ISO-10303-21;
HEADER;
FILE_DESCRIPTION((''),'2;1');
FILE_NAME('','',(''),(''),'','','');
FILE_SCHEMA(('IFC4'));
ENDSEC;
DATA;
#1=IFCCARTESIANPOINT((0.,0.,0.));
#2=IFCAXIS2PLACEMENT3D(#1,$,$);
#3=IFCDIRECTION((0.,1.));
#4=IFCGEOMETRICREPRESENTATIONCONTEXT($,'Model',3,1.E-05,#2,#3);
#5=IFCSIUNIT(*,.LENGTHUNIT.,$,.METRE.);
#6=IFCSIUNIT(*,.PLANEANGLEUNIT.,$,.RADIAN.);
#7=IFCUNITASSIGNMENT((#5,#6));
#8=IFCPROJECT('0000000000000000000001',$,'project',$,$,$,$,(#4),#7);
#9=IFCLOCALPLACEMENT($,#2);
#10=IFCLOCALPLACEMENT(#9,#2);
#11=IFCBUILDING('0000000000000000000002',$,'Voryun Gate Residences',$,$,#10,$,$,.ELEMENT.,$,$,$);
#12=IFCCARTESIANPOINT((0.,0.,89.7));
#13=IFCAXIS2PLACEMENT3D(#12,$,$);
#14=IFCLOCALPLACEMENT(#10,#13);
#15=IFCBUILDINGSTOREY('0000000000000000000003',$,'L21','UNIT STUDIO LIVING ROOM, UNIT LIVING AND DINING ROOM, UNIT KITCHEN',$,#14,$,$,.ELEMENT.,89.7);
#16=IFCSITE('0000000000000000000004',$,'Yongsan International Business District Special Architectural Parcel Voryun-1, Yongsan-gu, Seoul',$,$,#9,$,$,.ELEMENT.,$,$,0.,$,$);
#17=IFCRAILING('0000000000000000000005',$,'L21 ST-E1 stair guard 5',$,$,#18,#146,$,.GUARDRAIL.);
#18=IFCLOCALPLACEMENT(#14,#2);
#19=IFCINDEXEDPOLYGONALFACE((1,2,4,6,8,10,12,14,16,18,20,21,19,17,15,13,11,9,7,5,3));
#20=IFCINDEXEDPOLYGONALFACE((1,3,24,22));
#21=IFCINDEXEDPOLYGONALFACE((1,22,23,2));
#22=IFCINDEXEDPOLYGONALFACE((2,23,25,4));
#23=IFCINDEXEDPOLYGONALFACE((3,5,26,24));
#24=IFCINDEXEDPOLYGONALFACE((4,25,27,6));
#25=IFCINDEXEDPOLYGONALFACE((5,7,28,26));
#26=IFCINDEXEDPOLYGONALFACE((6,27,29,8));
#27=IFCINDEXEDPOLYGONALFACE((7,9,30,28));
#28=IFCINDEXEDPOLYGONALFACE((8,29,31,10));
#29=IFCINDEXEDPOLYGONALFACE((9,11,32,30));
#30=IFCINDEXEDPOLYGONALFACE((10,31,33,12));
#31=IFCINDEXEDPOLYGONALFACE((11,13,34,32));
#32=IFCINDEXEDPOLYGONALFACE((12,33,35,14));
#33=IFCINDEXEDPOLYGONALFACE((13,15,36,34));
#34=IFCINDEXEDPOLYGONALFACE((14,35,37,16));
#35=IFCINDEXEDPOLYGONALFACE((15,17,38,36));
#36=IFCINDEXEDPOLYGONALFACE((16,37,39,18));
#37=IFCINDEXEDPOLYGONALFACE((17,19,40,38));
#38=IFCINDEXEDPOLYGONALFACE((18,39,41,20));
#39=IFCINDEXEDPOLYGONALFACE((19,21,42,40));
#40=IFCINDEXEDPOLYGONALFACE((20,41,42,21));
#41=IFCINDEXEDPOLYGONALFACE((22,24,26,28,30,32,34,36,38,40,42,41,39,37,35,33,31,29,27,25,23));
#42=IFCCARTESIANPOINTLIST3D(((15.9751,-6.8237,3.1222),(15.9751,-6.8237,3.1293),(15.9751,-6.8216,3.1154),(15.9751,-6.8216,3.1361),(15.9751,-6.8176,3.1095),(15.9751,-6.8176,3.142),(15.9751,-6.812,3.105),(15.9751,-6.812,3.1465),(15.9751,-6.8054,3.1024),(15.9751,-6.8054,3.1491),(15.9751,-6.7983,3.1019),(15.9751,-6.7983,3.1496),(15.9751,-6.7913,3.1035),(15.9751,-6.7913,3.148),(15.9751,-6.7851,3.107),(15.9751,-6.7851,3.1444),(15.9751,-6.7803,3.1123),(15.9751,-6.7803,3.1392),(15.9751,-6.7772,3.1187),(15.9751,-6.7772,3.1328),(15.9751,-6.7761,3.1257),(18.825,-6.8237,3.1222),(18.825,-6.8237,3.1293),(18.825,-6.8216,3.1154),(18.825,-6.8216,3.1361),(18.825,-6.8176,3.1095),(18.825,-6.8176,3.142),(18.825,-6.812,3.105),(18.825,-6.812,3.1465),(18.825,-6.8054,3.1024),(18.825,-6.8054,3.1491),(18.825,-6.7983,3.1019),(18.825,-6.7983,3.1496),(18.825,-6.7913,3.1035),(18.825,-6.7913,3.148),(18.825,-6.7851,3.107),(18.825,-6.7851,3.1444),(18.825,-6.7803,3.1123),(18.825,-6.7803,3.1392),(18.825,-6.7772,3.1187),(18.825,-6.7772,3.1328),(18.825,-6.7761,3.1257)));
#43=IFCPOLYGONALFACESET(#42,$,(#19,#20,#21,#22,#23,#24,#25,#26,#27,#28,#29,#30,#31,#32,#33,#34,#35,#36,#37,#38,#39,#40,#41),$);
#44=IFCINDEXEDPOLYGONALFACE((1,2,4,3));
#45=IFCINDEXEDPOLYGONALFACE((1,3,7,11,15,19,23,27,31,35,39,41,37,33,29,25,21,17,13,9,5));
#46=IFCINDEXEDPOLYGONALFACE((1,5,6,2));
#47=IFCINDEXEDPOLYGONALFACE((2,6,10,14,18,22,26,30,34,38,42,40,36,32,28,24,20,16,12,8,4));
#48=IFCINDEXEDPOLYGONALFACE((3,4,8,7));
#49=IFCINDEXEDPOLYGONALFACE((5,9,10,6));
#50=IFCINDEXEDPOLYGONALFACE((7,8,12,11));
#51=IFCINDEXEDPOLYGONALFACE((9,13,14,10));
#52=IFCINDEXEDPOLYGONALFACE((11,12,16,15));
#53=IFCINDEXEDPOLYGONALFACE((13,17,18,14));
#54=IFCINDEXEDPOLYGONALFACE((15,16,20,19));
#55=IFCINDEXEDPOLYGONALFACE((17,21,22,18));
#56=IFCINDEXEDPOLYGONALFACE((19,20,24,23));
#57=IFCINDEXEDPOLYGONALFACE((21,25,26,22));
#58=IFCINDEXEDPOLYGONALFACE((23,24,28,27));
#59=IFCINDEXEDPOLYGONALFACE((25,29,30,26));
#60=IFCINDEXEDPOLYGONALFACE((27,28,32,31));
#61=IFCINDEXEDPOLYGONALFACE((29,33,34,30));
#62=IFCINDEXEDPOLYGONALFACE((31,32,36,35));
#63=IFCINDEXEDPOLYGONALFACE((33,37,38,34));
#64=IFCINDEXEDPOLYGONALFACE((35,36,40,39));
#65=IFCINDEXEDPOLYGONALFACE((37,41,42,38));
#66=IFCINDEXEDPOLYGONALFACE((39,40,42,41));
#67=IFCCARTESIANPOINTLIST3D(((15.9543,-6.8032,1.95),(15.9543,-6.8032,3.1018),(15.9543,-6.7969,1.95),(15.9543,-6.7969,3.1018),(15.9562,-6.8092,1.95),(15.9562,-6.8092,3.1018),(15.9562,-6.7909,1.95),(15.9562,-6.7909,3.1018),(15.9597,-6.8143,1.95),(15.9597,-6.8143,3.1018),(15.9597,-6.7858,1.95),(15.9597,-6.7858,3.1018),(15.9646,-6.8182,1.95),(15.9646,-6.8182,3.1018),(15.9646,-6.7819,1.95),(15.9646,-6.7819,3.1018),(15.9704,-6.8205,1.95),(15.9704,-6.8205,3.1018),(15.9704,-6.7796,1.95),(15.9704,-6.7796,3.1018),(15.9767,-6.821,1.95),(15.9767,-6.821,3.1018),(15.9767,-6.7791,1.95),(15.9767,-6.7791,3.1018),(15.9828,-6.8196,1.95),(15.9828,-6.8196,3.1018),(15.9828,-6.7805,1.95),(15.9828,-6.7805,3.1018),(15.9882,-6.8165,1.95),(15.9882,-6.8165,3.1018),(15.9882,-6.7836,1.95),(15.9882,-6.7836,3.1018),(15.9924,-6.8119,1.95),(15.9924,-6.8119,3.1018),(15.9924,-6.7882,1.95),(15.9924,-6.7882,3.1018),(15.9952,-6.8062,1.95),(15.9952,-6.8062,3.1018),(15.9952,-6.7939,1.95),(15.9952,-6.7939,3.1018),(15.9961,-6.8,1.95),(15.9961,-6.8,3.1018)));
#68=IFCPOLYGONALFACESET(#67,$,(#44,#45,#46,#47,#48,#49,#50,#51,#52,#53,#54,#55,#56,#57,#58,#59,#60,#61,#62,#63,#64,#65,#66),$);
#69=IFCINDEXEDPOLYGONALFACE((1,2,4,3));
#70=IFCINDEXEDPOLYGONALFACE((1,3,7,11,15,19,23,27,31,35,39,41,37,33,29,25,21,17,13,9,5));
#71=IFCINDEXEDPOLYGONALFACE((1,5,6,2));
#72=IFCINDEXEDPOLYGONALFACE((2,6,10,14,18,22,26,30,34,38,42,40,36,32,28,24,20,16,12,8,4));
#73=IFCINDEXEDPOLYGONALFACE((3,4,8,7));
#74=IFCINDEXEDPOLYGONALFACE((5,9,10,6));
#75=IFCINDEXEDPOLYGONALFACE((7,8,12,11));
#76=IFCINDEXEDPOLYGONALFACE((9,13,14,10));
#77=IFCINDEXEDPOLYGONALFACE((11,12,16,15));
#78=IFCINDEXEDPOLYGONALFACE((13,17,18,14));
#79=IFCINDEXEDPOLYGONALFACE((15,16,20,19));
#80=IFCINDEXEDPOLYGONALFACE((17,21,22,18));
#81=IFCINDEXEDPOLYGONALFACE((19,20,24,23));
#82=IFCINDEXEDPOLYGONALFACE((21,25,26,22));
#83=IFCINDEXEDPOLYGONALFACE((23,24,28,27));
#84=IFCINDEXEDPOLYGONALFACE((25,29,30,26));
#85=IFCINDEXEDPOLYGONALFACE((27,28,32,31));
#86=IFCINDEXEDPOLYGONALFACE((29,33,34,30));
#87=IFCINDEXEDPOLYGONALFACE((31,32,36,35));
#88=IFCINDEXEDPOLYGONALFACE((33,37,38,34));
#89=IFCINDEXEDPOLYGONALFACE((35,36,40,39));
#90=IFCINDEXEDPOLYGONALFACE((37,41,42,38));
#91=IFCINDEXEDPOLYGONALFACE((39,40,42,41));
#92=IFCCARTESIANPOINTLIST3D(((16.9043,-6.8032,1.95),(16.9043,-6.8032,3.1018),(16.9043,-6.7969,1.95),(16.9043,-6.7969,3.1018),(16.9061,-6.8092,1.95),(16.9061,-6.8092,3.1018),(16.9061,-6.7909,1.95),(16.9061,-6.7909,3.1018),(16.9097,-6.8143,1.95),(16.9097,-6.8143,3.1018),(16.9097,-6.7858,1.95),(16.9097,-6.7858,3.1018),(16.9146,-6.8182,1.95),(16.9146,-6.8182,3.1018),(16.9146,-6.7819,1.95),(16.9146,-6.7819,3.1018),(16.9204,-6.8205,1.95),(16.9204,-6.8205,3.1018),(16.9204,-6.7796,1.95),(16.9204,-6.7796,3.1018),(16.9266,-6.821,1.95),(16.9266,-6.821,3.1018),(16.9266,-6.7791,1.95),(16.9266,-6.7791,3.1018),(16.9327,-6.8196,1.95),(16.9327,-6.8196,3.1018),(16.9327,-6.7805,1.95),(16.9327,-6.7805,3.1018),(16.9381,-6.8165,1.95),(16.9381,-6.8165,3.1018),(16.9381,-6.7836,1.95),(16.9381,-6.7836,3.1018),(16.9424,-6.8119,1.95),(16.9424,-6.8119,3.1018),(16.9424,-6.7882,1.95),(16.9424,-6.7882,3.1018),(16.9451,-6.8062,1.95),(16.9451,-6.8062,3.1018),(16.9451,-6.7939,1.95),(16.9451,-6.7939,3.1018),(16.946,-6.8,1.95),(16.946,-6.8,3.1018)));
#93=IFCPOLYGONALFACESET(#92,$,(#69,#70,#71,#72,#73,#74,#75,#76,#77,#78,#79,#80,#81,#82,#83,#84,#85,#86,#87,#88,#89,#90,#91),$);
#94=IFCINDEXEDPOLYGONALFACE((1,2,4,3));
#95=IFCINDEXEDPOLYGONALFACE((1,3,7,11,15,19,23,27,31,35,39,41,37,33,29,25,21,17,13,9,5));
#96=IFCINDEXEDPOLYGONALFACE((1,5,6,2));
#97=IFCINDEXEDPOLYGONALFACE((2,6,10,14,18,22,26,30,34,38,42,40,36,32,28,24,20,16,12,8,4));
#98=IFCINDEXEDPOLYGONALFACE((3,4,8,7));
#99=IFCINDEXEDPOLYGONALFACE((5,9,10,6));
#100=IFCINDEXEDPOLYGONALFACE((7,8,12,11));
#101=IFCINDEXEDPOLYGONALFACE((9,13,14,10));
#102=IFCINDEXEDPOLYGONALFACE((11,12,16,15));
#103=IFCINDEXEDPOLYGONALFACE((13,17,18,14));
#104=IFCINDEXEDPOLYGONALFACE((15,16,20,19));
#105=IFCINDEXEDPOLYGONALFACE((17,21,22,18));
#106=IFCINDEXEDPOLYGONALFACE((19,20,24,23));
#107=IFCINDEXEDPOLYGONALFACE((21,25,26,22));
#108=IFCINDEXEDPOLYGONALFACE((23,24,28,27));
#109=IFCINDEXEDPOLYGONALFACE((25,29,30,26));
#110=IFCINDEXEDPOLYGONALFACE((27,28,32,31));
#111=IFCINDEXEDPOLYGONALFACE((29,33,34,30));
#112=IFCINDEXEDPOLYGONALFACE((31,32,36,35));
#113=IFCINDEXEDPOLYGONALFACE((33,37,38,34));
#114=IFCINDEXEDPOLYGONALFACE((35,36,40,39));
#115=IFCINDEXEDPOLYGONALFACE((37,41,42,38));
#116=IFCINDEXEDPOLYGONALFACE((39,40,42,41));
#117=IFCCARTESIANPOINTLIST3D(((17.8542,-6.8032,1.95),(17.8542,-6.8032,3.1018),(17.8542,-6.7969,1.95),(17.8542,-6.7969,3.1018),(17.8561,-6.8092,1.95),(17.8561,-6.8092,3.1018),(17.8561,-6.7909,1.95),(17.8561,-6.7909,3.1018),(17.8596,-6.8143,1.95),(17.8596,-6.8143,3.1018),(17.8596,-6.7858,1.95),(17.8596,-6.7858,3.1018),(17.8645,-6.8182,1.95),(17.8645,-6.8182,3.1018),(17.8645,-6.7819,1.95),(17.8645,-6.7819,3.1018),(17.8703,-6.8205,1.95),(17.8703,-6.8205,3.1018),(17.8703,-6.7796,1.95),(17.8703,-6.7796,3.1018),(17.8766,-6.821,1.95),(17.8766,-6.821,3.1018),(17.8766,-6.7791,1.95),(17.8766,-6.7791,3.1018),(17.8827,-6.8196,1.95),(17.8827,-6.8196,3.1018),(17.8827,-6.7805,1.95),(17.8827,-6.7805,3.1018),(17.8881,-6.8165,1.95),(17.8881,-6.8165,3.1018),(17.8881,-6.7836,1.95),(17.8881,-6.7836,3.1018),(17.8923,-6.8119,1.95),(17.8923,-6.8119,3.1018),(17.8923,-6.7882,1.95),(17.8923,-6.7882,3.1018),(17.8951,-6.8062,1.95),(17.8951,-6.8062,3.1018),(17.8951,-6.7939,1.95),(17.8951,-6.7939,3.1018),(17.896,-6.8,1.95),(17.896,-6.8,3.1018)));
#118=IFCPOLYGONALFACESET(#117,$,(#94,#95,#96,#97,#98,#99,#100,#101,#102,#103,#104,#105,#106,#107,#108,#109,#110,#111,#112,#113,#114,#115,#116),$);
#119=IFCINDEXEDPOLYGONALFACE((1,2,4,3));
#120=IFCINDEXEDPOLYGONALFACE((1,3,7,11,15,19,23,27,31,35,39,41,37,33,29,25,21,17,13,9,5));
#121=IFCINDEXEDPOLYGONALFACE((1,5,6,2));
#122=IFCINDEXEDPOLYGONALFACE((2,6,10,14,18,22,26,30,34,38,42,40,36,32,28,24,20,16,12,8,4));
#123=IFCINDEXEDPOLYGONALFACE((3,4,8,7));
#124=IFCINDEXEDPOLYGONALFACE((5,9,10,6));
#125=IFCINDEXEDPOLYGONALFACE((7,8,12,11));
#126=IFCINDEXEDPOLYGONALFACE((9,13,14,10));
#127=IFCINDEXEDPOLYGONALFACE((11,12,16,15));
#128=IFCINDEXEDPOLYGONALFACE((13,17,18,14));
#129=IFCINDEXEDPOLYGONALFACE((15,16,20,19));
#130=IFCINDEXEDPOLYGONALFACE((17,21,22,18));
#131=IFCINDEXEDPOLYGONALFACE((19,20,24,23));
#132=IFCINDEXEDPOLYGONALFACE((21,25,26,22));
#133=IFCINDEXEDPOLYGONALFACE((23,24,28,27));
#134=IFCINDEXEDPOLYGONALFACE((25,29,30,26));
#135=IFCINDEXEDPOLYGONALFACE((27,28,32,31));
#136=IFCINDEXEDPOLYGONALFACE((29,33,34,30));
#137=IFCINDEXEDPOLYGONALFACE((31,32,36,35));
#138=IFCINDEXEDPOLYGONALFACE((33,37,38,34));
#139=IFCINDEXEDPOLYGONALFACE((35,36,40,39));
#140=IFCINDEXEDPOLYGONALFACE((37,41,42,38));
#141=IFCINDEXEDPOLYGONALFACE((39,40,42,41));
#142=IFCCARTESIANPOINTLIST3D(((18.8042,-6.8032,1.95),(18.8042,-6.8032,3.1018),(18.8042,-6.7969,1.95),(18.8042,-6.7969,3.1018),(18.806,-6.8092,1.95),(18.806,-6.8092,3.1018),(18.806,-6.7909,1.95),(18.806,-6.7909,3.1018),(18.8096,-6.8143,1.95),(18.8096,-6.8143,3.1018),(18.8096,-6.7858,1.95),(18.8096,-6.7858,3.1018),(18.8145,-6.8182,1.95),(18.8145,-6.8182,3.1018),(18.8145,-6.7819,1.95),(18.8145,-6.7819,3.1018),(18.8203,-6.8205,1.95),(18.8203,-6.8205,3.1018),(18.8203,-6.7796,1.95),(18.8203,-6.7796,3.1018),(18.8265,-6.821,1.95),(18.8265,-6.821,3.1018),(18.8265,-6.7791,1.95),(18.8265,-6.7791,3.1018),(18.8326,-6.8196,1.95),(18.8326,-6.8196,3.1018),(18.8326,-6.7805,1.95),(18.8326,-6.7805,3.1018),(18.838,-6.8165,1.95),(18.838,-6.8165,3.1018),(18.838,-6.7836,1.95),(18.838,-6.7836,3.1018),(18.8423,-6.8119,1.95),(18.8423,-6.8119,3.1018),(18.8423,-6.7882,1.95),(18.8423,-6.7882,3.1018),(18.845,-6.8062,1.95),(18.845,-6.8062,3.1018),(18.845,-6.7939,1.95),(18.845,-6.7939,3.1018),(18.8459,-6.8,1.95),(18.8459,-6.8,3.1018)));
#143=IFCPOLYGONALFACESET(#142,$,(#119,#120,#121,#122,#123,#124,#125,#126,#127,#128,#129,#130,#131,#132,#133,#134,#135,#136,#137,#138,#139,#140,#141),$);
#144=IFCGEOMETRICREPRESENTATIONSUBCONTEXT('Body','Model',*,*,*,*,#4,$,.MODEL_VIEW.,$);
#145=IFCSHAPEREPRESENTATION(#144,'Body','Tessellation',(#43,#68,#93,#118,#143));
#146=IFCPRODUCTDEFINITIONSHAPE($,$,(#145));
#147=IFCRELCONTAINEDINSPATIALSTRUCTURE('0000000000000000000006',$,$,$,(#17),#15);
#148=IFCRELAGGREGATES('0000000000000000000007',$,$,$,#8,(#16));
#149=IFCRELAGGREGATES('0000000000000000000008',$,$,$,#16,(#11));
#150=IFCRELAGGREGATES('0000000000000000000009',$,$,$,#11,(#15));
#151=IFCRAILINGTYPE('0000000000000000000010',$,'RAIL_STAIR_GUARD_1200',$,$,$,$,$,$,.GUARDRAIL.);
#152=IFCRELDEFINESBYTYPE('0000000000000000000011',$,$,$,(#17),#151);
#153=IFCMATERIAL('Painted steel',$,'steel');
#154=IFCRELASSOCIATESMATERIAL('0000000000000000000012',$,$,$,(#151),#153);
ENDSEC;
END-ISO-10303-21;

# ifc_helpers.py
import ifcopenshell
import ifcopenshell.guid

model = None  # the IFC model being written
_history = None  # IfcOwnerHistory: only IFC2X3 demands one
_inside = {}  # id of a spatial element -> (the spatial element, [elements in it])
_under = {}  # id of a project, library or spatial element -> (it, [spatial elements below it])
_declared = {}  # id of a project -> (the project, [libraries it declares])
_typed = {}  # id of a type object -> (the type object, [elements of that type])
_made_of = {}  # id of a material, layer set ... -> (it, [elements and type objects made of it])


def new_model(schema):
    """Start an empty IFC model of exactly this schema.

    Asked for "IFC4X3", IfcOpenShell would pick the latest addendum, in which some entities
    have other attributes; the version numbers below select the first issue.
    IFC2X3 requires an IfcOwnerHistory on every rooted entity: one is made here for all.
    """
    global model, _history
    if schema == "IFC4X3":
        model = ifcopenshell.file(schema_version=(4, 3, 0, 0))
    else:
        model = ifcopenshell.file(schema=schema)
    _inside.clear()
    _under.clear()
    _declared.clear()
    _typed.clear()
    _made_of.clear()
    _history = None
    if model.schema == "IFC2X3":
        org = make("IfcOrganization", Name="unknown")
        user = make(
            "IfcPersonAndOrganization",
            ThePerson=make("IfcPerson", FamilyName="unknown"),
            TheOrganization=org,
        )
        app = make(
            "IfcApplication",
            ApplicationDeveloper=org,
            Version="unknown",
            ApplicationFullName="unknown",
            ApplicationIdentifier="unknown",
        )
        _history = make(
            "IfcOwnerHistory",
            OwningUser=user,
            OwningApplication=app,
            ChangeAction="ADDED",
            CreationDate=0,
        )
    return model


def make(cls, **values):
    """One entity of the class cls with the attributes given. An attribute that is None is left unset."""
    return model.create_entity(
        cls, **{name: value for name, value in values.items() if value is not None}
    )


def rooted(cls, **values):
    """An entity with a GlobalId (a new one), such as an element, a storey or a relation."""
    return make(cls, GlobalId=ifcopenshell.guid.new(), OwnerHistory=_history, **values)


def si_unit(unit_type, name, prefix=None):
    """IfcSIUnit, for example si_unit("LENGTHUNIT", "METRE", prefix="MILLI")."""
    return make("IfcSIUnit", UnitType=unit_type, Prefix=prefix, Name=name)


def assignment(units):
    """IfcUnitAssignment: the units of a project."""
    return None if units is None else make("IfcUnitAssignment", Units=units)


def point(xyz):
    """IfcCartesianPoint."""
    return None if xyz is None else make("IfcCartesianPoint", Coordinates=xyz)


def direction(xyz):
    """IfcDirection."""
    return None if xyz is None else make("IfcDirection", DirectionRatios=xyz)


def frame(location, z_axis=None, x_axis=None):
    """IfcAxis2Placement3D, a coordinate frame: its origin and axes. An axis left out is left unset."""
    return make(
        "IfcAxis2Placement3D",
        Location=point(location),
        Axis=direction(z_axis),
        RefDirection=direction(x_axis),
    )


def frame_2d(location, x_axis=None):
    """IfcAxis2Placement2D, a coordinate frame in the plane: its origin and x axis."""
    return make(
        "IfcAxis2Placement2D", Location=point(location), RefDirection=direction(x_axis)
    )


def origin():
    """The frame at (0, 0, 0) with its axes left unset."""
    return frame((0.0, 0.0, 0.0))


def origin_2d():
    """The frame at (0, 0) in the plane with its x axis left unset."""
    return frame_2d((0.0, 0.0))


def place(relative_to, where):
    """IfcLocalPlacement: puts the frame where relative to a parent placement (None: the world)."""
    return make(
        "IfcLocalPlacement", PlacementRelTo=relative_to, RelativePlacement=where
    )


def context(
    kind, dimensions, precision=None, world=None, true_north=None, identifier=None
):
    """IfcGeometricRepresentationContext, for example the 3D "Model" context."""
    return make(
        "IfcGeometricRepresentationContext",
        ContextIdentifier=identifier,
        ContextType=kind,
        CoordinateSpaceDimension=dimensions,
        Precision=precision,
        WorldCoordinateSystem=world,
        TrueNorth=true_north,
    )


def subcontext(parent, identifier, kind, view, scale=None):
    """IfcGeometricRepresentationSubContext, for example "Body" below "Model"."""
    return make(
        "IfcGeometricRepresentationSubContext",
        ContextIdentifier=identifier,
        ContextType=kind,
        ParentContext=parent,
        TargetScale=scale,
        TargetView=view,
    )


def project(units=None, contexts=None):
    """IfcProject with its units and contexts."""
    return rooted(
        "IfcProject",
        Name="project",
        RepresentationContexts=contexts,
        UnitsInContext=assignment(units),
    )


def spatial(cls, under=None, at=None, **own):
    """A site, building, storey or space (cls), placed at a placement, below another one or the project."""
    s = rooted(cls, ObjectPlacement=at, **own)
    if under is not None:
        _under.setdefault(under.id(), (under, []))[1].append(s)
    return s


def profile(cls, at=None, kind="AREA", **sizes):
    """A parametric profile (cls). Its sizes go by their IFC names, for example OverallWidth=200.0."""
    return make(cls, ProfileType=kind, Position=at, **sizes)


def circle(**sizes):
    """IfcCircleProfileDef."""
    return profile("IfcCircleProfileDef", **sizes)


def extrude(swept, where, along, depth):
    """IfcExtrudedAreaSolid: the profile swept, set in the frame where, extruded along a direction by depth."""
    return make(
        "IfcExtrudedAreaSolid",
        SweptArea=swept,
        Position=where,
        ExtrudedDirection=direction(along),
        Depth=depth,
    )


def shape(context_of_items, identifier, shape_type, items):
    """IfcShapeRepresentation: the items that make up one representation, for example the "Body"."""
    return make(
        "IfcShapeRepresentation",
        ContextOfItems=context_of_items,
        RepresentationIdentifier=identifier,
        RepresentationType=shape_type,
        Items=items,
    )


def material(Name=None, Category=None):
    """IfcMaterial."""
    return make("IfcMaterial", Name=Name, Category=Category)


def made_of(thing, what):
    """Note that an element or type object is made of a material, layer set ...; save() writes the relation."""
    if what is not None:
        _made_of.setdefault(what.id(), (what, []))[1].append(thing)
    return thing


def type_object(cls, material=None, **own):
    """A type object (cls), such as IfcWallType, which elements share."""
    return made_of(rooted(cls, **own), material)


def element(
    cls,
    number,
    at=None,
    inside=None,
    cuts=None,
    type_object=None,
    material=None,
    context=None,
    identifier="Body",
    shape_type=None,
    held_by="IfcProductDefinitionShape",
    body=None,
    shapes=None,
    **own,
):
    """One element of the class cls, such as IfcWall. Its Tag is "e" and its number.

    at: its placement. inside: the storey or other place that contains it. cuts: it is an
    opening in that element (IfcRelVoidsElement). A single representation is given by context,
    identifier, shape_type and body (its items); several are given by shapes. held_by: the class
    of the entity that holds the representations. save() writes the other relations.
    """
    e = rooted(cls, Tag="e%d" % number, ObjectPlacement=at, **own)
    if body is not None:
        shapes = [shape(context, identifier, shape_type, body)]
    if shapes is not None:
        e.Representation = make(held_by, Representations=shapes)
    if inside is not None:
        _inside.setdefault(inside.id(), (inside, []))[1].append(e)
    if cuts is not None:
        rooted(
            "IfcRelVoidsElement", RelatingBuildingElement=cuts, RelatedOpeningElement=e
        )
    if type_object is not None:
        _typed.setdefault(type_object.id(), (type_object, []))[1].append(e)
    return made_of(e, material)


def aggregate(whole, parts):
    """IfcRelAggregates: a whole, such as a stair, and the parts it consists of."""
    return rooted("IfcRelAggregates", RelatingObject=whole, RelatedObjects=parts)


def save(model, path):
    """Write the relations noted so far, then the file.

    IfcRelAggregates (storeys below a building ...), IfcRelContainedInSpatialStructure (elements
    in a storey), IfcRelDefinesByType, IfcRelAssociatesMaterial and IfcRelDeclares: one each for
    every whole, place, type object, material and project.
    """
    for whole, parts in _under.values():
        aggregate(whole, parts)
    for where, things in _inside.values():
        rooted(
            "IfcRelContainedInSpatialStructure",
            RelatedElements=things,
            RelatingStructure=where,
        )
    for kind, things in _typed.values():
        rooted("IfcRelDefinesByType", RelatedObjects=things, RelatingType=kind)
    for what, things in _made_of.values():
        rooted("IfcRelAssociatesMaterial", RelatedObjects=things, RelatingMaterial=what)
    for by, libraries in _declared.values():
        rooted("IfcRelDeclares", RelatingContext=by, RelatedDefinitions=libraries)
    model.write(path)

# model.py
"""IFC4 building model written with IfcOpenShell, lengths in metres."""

from ifc_helpers import new_model, si_unit, direction, frame, origin, origin_2d, place, context, subcontext, project, spatial, circle, extrude, material, type_object, element, save


model = new_model("IFC4")

# Units and contexts
model_context = context("Model", 3, precision=1e-05, world=origin(), true_north=direction((0.0, 1.0)))
body_context = subcontext(model_context, "Body", "Model", "MODEL_VIEW")
ifc_project = project(units=[si_unit("LENGTHUNIT", "METRE"), si_unit("PLANEANGLEUNIT", "RADIAN")], contexts=[model_context])

# Site, building, storey
site_placement = place(None, origin())
site = spatial("IfcSite", under=ifc_project, at=site_placement, Name="Yongsan International Business District Special Architectural Parcel Voryun-1, Yongsan-gu, Seoul", CompositionType="ELEMENT", RefElevation=0.0)
building_placement = place(site_placement, origin())
building = spatial("IfcBuilding", under=site, at=building_placement, Name="Voryun Gate Residences", CompositionType="ELEMENT")
storey_placement = place(building_placement, frame((0.0, 0.0, 89.7)))
storey = spatial("IfcBuildingStorey", under=building, at=storey_placement, Name="L21", Description="UNIT STUDIO LIVING ROOM, UNIT LIVING AND DINING ROOM, UNIT KITCHEN", CompositionType="ELEMENT", Elevation=89.7)

# Railing
ifc_material_1 = material(Name="Painted steel", Category="steel")
railing_type_1 = type_object("IfcRailingType", Name="RAIL_STAIR_GUARD_1200", PredefinedType="GUARDRAIL", material=ifc_material_1)
railing_1_placement = place(storey_placement, frame((15.9751, -6.8, 1.95)))
element("IfcRailing", 1, at=railing_1_placement, inside=storey, type_object=railing_type_1, Name="L21 ST-E1 stair guard 5", PredefinedType="GUARDRAIL", context=body_context, shape_type="SweptSolid", body=[
    extrude(circle(Radius=0.0239, at=origin_2d()), frame((0.0, 0.0, 1.1758), z_axis=(1.0, 0.0, 0.0), x_axis=(0.0, 1.0, 0.0)), (0.0, 0.0, 1.0), 2.8499),
    extrude(circle(Radius=0.021, at=origin_2d()), origin(), (0.0, 0.0, 1.0), 1.1519),
    extrude(circle(Radius=0.021, at=origin_2d()), frame((0.95, 0.0, 0.0)), (0.0, 0.0, 1.0), 1.1519),
    extrude(circle(Radius=0.021, at=origin_2d()), frame((1.8999, 0.0, 0.0)), (0.0, 0.0, 1.0), 1.1519),
    extrude(circle(Radius=0.021, at=origin_2d()), frame((2.8499, 0.0, 0.0)), (0.0, 0.0, 1.0), 1.1519),
])

save(model, "model.ifc")
